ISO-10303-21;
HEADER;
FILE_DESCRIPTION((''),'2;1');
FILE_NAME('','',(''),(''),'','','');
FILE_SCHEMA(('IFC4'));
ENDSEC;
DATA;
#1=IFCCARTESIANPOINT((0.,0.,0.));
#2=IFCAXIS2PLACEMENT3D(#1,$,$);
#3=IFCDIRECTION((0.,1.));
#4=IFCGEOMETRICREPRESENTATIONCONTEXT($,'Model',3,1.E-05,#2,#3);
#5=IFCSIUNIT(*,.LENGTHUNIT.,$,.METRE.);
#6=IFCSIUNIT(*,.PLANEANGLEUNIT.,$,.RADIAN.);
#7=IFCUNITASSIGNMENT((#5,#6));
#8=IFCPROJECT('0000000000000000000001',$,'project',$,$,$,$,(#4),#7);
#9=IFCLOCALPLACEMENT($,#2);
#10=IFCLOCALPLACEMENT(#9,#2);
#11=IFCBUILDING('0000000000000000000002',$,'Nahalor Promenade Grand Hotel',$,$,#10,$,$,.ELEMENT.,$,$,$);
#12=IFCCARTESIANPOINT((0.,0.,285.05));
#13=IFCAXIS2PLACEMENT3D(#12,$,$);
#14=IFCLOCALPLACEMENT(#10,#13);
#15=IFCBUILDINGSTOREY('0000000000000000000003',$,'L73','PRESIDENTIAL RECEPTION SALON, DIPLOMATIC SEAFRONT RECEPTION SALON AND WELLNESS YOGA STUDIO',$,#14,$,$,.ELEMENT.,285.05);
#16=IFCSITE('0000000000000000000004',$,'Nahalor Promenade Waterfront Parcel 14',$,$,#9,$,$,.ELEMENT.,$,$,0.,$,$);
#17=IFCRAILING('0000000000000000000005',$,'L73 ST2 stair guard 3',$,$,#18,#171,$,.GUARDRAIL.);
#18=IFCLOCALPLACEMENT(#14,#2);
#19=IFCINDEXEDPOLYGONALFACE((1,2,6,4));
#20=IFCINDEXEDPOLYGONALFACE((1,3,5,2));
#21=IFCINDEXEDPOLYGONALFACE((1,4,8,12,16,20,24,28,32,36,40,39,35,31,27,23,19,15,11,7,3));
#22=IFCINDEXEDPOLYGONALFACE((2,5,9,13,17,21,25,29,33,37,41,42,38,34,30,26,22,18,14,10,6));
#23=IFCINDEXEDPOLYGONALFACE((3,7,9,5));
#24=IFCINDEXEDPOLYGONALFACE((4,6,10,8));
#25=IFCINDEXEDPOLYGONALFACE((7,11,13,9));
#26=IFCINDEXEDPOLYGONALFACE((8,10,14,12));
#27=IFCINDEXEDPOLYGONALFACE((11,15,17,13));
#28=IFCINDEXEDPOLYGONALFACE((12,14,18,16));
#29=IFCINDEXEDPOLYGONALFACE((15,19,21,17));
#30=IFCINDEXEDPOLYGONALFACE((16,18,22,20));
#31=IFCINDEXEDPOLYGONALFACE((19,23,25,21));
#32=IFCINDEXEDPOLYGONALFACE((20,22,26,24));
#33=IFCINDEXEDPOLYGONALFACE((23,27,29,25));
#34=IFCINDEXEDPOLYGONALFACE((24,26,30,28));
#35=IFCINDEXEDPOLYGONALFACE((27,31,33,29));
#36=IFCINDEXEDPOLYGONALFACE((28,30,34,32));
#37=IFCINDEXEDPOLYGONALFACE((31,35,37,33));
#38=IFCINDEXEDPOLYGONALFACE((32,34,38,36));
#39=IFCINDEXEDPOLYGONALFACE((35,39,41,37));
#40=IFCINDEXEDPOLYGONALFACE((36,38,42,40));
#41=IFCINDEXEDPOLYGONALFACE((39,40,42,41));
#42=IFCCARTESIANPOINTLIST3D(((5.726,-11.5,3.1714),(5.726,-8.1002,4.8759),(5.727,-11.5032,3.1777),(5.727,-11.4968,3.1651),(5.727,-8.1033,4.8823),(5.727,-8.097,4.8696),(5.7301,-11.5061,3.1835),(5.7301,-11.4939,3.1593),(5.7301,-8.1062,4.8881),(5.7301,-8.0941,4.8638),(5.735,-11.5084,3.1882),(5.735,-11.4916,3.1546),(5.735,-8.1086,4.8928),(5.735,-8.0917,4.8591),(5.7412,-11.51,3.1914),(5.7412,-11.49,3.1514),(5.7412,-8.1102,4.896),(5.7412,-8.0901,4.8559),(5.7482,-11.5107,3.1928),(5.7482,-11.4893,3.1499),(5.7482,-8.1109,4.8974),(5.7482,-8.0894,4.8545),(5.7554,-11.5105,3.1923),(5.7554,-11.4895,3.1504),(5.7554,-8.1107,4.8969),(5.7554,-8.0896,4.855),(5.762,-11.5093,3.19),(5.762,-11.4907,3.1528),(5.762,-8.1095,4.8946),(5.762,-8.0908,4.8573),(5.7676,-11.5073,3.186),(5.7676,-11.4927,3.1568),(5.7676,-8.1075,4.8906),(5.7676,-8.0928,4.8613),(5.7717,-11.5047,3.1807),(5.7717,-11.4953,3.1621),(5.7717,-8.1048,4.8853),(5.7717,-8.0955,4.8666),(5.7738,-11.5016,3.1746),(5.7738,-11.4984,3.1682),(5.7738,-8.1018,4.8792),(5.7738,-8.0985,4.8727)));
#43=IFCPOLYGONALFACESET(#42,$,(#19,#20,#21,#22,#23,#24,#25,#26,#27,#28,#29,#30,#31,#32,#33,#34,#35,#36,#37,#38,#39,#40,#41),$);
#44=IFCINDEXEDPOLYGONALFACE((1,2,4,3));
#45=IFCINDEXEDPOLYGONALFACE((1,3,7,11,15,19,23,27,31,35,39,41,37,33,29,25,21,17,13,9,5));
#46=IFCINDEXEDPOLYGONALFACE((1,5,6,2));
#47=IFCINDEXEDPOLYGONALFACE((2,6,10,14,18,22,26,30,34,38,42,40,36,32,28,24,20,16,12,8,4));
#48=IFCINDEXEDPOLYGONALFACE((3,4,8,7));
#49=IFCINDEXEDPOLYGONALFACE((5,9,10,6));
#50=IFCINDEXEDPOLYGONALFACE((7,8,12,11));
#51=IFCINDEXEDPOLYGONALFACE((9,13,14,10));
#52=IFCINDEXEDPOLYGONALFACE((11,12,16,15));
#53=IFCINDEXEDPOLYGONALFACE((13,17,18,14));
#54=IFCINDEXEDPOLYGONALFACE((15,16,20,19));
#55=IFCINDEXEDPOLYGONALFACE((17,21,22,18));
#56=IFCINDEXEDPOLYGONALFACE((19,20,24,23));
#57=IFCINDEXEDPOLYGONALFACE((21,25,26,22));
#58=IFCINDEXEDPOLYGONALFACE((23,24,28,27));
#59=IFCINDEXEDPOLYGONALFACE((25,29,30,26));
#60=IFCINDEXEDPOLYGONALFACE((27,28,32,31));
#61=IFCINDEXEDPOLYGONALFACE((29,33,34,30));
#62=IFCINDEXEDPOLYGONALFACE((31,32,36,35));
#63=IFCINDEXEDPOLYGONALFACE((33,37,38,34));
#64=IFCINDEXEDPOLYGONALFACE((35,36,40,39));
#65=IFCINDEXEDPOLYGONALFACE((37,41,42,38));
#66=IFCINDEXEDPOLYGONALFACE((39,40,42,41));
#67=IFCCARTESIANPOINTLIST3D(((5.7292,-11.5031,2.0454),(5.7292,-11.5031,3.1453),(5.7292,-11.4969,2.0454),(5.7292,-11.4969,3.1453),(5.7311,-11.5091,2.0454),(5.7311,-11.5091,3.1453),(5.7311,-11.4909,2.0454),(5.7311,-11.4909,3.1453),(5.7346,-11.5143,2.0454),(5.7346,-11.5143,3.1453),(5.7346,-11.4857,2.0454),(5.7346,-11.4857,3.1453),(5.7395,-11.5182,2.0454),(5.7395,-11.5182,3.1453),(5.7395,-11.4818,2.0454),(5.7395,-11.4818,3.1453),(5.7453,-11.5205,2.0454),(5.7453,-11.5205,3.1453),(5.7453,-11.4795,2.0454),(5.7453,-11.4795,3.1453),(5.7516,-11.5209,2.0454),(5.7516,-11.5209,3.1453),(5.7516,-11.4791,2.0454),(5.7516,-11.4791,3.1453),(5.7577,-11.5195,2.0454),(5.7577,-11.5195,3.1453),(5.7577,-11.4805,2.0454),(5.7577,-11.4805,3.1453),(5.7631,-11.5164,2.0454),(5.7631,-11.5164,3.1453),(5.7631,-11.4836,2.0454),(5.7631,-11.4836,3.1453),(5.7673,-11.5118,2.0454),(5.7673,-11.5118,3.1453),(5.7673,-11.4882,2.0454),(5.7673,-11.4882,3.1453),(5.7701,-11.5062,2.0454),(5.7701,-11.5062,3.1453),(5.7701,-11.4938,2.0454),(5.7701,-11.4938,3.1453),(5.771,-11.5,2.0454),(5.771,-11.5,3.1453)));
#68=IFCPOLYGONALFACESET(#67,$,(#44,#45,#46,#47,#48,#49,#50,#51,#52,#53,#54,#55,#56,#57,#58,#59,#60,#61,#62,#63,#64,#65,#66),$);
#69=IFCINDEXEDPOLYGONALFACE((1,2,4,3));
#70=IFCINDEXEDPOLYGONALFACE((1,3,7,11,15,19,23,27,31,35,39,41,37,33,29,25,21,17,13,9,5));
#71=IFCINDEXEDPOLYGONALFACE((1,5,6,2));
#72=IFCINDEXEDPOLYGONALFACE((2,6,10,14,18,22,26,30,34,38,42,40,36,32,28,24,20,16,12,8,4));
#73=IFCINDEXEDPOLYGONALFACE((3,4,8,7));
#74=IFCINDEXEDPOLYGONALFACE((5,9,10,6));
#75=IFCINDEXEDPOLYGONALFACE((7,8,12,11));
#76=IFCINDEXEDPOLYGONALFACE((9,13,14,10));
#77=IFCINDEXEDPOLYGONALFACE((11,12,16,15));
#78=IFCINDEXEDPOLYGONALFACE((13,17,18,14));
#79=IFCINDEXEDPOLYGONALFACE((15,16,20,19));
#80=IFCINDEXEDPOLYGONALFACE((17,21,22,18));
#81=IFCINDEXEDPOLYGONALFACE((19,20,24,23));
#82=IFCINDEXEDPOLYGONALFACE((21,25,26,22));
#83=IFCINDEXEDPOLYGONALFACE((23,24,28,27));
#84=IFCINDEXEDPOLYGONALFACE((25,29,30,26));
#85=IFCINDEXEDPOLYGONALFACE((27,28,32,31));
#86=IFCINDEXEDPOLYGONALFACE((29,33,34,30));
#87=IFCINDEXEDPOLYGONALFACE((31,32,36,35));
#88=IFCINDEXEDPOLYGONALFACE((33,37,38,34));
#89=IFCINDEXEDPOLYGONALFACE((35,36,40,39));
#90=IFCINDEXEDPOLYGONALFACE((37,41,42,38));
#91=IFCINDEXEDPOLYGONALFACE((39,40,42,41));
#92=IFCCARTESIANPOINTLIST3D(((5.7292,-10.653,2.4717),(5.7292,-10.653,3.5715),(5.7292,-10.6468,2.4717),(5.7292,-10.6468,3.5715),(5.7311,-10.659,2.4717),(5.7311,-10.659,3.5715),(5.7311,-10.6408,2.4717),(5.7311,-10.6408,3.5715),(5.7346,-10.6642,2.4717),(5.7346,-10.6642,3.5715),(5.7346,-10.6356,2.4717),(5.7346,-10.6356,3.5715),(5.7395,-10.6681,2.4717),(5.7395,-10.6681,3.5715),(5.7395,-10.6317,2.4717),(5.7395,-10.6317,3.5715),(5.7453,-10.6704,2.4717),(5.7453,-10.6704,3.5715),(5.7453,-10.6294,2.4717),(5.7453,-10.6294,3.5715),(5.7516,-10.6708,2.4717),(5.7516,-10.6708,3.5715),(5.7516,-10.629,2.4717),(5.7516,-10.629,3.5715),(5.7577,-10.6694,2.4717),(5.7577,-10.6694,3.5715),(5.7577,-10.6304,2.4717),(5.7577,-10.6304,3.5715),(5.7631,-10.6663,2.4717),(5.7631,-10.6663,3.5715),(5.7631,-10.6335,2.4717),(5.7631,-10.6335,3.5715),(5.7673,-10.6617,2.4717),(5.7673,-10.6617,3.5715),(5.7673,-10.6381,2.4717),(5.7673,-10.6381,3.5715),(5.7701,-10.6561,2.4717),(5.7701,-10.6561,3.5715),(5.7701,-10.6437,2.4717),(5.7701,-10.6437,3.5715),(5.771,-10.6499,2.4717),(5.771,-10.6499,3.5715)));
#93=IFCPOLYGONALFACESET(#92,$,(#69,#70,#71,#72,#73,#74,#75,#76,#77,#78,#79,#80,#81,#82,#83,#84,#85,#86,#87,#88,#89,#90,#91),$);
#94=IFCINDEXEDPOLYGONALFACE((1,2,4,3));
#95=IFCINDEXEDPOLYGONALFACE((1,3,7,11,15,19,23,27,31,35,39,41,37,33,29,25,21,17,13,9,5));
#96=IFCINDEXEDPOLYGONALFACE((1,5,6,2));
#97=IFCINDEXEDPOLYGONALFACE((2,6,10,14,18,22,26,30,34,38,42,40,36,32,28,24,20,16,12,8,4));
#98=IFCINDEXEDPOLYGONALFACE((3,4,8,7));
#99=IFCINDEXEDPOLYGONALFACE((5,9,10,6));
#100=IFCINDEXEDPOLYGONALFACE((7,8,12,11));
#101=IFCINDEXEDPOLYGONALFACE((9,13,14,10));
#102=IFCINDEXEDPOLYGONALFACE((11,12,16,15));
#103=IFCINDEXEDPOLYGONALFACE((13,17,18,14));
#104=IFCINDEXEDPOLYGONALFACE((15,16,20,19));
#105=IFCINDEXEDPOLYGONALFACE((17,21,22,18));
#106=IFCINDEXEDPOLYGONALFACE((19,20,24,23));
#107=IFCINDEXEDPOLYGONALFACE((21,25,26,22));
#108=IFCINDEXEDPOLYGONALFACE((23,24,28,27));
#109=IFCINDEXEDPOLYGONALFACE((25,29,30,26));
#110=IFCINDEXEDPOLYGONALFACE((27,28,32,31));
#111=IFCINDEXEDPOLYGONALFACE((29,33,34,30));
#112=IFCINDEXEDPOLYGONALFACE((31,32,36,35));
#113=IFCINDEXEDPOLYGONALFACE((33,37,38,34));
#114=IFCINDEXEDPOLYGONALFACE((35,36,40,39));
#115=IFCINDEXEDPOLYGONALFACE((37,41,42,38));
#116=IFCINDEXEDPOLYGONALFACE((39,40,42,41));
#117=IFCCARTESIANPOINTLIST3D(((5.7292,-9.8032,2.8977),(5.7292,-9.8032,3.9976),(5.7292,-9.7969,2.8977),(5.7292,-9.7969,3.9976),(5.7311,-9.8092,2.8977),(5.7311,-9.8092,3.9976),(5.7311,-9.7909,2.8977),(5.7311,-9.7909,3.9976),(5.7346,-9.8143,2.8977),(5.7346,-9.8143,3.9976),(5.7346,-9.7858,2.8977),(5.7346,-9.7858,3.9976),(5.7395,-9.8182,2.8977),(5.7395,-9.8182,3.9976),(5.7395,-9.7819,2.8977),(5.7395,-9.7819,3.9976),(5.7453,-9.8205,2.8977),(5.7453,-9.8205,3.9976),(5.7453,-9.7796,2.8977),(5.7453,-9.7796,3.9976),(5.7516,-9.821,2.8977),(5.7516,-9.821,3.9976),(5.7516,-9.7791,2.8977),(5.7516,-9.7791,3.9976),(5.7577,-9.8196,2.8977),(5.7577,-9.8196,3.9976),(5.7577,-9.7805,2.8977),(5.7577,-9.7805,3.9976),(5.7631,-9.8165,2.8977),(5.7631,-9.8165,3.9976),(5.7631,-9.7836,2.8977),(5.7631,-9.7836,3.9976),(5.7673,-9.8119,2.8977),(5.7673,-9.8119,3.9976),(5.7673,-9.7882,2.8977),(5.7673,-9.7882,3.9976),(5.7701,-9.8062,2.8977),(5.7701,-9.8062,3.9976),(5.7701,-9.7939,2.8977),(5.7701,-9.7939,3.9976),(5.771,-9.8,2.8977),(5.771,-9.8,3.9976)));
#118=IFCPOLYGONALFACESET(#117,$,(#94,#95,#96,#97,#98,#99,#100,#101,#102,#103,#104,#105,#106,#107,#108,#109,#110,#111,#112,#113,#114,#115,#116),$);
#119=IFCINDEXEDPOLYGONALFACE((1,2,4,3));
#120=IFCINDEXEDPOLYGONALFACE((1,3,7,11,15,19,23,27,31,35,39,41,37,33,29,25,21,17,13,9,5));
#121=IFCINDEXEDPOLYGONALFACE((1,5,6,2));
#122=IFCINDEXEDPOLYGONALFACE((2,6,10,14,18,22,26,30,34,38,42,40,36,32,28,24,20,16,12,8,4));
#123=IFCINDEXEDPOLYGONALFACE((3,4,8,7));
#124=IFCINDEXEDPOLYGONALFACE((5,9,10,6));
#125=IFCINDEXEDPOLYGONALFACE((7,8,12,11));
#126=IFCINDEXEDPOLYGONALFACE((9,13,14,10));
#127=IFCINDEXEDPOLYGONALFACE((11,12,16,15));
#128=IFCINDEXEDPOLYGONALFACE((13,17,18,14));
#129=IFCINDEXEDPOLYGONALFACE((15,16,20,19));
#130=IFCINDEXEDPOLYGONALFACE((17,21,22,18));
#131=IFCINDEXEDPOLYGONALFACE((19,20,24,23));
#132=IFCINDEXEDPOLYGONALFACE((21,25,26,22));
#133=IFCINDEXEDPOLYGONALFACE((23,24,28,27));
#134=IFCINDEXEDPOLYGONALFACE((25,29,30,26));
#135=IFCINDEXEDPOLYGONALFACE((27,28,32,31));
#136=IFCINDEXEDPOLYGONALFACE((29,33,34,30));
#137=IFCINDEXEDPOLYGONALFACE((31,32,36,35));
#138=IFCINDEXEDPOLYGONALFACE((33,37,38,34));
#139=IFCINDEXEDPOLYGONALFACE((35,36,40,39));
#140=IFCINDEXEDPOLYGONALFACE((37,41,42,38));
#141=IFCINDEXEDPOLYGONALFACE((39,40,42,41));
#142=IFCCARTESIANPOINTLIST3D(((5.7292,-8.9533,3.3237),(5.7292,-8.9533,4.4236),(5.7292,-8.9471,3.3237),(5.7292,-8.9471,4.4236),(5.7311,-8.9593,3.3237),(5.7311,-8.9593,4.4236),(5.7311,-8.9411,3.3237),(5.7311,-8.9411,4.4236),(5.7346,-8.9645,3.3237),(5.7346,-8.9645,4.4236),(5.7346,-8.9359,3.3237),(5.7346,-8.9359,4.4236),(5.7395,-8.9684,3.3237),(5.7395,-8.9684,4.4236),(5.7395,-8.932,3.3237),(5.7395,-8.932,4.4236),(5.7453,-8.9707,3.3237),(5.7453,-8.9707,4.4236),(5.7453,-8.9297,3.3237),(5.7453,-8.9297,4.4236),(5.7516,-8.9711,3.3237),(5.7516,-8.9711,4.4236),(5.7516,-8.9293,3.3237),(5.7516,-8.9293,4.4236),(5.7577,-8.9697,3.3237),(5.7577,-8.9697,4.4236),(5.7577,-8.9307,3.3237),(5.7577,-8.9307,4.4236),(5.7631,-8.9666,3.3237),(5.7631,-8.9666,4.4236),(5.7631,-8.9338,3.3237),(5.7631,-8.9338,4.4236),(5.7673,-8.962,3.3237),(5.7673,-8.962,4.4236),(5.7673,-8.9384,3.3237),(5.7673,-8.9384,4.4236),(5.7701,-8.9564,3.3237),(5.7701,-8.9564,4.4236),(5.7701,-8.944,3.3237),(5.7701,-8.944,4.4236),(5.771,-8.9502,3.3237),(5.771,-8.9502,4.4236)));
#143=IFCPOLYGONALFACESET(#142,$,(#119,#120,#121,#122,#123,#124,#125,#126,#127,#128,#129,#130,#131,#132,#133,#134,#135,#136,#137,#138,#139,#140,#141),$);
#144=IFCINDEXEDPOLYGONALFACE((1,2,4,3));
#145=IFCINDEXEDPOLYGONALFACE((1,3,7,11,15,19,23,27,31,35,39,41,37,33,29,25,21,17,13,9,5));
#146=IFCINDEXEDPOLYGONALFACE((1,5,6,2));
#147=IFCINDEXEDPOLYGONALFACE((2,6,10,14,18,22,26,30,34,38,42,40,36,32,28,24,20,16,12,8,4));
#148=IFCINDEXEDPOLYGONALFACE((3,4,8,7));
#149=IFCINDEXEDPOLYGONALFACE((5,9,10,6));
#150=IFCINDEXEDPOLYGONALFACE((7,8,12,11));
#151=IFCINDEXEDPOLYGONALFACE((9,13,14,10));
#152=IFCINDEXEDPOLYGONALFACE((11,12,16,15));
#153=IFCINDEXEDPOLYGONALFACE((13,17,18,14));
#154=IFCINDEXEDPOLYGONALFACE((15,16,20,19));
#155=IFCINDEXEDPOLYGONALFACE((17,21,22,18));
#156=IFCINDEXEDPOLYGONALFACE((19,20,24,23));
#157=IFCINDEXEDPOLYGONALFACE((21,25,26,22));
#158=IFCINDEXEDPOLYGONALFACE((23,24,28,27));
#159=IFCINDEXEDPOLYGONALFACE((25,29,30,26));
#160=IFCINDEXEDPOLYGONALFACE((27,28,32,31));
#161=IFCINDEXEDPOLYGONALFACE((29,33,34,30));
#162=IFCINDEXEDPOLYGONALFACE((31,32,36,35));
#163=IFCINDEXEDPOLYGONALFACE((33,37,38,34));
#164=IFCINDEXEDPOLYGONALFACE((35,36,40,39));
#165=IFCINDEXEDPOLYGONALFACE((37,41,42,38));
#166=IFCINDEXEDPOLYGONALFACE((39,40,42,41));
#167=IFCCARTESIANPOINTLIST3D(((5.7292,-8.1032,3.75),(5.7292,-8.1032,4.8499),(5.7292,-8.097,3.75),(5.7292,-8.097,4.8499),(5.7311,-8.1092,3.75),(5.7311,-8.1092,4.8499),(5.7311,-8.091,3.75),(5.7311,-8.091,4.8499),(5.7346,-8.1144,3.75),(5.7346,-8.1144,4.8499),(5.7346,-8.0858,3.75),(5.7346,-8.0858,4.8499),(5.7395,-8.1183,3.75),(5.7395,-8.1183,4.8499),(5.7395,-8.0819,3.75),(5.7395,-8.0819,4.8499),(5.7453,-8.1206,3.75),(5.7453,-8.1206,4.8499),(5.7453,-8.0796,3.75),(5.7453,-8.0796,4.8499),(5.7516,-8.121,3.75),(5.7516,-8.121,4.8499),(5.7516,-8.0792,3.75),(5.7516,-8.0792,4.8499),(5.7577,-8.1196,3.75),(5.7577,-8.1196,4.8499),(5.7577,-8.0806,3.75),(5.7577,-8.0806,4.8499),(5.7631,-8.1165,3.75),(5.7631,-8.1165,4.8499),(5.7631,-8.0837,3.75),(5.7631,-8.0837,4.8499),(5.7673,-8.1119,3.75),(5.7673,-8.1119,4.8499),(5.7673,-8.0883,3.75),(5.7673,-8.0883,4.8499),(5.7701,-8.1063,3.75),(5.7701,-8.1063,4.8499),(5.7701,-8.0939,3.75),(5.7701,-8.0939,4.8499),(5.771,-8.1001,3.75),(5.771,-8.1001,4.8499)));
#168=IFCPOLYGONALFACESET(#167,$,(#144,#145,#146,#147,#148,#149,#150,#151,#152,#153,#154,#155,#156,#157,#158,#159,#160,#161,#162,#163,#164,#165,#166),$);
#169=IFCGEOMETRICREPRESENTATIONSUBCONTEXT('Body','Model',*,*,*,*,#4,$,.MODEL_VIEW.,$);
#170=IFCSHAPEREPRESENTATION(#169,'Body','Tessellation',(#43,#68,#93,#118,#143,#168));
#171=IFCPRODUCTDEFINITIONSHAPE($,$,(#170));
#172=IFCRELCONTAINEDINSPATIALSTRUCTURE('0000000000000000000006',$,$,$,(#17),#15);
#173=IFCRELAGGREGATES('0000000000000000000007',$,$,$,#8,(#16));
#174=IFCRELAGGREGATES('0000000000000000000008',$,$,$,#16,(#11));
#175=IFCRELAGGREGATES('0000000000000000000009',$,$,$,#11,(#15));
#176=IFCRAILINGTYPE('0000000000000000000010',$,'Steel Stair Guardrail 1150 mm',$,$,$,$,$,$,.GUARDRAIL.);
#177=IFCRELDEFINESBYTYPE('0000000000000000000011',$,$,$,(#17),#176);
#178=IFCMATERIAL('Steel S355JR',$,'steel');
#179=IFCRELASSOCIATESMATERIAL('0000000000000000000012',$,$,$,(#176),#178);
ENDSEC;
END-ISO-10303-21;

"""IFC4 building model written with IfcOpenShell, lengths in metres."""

from ifc_helpers import new_model, si_unit, direction, frame, origin, origin_2d, place, context, subcontext, project, spatial, circle, extrude, material, type_object, element, save


model = new_model("IFC4")

# Units and contexts
model_context = context("Model", 3, precision=1e-05, world=origin(), true_north=direction((0.0, 1.0)))
body_context = subcontext(model_context, "Body", "Model", "MODEL_VIEW")
ifc_project = project(units=[si_unit("LENGTHUNIT", "METRE"), si_unit("PLANEANGLEUNIT", "RADIAN")], contexts=[model_context])

# Site, building, storey
site_placement = place(None, origin())
site = spatial("IfcSite", under=ifc_project, at=site_placement, Name="Nahalor Promenade Waterfront Parcel 14", CompositionType="ELEMENT", RefElevation=0.0)
building_placement = place(site_placement, origin())
building = spatial("IfcBuilding", under=site, at=building_placement, Name="Nahalor Promenade Grand Hotel", CompositionType="ELEMENT")
storey_placement = place(building_placement, frame((0.0, 0.0, 285.05)))
storey = spatial("IfcBuildingStorey", under=building, at=storey_placement, Name="L73", Description="PRESIDENTIAL RECEPTION SALON, DIPLOMATIC SEAFRONT RECEPTION SALON AND WELLNESS YOGA STUDIO", CompositionType="ELEMENT", Elevation=285.05)

# Shared definitions
ifc_material_1 = material(Name="Steel S355JR", Category="steel")

# Railing
railing_type_1 = type_object("IfcRailingType", Name="Steel Stair Guardrail 1150 mm", PredefinedType="GUARDRAIL", material=ifc_material_1)
railing_1_placement = place(storey_placement, frame((5.75, -11.5, 2.0454)))
element("IfcRailing", 1, at=railing_1_placement, inside=storey, type_object=railing_type_1, Name="L73 ST2 stair guard 3", PredefinedType="GUARDRAIL", context=body_context, shape_type="SweptSolid", body=[
    extrude(circle(Radius=0.024, at=origin_2d()), frame((0.0, 0.0, 1.126), z_axis=(0.0, 0.893939, 0.448189), x_axis=(-1.0, 0.0, 0.0)), (0.0, 0.0, 1.0), 3.8032),
    extrude(circle(Radius=0.021, at=origin_2d()), origin(), (0.0, 0.0, 1.0), 1.0999),
    extrude(circle(Radius=0.021, at=origin_2d()), frame((0.0, 0.8501, 0.4263)), (0.0, 0.0, 1.0), 1.0999),
    extrude(circle(Radius=0.021, at=origin_2d()), frame((0.0, 1.7, 0.8523)), (0.0, 0.0, 1.0), 1.0999),
    extrude(circle(Radius=0.021, at=origin_2d()), frame((0.0, 2.5498, 1.2783)), (0.0, 0.0, 1.0), 1.0999),
    extrude(circle(Radius=0.021, at=origin_2d()), frame((0.0, 3.3999, 1.7046)), (0.0, 0.0, 1.0), 1.0999),
])

save(model, "model.ifc")
